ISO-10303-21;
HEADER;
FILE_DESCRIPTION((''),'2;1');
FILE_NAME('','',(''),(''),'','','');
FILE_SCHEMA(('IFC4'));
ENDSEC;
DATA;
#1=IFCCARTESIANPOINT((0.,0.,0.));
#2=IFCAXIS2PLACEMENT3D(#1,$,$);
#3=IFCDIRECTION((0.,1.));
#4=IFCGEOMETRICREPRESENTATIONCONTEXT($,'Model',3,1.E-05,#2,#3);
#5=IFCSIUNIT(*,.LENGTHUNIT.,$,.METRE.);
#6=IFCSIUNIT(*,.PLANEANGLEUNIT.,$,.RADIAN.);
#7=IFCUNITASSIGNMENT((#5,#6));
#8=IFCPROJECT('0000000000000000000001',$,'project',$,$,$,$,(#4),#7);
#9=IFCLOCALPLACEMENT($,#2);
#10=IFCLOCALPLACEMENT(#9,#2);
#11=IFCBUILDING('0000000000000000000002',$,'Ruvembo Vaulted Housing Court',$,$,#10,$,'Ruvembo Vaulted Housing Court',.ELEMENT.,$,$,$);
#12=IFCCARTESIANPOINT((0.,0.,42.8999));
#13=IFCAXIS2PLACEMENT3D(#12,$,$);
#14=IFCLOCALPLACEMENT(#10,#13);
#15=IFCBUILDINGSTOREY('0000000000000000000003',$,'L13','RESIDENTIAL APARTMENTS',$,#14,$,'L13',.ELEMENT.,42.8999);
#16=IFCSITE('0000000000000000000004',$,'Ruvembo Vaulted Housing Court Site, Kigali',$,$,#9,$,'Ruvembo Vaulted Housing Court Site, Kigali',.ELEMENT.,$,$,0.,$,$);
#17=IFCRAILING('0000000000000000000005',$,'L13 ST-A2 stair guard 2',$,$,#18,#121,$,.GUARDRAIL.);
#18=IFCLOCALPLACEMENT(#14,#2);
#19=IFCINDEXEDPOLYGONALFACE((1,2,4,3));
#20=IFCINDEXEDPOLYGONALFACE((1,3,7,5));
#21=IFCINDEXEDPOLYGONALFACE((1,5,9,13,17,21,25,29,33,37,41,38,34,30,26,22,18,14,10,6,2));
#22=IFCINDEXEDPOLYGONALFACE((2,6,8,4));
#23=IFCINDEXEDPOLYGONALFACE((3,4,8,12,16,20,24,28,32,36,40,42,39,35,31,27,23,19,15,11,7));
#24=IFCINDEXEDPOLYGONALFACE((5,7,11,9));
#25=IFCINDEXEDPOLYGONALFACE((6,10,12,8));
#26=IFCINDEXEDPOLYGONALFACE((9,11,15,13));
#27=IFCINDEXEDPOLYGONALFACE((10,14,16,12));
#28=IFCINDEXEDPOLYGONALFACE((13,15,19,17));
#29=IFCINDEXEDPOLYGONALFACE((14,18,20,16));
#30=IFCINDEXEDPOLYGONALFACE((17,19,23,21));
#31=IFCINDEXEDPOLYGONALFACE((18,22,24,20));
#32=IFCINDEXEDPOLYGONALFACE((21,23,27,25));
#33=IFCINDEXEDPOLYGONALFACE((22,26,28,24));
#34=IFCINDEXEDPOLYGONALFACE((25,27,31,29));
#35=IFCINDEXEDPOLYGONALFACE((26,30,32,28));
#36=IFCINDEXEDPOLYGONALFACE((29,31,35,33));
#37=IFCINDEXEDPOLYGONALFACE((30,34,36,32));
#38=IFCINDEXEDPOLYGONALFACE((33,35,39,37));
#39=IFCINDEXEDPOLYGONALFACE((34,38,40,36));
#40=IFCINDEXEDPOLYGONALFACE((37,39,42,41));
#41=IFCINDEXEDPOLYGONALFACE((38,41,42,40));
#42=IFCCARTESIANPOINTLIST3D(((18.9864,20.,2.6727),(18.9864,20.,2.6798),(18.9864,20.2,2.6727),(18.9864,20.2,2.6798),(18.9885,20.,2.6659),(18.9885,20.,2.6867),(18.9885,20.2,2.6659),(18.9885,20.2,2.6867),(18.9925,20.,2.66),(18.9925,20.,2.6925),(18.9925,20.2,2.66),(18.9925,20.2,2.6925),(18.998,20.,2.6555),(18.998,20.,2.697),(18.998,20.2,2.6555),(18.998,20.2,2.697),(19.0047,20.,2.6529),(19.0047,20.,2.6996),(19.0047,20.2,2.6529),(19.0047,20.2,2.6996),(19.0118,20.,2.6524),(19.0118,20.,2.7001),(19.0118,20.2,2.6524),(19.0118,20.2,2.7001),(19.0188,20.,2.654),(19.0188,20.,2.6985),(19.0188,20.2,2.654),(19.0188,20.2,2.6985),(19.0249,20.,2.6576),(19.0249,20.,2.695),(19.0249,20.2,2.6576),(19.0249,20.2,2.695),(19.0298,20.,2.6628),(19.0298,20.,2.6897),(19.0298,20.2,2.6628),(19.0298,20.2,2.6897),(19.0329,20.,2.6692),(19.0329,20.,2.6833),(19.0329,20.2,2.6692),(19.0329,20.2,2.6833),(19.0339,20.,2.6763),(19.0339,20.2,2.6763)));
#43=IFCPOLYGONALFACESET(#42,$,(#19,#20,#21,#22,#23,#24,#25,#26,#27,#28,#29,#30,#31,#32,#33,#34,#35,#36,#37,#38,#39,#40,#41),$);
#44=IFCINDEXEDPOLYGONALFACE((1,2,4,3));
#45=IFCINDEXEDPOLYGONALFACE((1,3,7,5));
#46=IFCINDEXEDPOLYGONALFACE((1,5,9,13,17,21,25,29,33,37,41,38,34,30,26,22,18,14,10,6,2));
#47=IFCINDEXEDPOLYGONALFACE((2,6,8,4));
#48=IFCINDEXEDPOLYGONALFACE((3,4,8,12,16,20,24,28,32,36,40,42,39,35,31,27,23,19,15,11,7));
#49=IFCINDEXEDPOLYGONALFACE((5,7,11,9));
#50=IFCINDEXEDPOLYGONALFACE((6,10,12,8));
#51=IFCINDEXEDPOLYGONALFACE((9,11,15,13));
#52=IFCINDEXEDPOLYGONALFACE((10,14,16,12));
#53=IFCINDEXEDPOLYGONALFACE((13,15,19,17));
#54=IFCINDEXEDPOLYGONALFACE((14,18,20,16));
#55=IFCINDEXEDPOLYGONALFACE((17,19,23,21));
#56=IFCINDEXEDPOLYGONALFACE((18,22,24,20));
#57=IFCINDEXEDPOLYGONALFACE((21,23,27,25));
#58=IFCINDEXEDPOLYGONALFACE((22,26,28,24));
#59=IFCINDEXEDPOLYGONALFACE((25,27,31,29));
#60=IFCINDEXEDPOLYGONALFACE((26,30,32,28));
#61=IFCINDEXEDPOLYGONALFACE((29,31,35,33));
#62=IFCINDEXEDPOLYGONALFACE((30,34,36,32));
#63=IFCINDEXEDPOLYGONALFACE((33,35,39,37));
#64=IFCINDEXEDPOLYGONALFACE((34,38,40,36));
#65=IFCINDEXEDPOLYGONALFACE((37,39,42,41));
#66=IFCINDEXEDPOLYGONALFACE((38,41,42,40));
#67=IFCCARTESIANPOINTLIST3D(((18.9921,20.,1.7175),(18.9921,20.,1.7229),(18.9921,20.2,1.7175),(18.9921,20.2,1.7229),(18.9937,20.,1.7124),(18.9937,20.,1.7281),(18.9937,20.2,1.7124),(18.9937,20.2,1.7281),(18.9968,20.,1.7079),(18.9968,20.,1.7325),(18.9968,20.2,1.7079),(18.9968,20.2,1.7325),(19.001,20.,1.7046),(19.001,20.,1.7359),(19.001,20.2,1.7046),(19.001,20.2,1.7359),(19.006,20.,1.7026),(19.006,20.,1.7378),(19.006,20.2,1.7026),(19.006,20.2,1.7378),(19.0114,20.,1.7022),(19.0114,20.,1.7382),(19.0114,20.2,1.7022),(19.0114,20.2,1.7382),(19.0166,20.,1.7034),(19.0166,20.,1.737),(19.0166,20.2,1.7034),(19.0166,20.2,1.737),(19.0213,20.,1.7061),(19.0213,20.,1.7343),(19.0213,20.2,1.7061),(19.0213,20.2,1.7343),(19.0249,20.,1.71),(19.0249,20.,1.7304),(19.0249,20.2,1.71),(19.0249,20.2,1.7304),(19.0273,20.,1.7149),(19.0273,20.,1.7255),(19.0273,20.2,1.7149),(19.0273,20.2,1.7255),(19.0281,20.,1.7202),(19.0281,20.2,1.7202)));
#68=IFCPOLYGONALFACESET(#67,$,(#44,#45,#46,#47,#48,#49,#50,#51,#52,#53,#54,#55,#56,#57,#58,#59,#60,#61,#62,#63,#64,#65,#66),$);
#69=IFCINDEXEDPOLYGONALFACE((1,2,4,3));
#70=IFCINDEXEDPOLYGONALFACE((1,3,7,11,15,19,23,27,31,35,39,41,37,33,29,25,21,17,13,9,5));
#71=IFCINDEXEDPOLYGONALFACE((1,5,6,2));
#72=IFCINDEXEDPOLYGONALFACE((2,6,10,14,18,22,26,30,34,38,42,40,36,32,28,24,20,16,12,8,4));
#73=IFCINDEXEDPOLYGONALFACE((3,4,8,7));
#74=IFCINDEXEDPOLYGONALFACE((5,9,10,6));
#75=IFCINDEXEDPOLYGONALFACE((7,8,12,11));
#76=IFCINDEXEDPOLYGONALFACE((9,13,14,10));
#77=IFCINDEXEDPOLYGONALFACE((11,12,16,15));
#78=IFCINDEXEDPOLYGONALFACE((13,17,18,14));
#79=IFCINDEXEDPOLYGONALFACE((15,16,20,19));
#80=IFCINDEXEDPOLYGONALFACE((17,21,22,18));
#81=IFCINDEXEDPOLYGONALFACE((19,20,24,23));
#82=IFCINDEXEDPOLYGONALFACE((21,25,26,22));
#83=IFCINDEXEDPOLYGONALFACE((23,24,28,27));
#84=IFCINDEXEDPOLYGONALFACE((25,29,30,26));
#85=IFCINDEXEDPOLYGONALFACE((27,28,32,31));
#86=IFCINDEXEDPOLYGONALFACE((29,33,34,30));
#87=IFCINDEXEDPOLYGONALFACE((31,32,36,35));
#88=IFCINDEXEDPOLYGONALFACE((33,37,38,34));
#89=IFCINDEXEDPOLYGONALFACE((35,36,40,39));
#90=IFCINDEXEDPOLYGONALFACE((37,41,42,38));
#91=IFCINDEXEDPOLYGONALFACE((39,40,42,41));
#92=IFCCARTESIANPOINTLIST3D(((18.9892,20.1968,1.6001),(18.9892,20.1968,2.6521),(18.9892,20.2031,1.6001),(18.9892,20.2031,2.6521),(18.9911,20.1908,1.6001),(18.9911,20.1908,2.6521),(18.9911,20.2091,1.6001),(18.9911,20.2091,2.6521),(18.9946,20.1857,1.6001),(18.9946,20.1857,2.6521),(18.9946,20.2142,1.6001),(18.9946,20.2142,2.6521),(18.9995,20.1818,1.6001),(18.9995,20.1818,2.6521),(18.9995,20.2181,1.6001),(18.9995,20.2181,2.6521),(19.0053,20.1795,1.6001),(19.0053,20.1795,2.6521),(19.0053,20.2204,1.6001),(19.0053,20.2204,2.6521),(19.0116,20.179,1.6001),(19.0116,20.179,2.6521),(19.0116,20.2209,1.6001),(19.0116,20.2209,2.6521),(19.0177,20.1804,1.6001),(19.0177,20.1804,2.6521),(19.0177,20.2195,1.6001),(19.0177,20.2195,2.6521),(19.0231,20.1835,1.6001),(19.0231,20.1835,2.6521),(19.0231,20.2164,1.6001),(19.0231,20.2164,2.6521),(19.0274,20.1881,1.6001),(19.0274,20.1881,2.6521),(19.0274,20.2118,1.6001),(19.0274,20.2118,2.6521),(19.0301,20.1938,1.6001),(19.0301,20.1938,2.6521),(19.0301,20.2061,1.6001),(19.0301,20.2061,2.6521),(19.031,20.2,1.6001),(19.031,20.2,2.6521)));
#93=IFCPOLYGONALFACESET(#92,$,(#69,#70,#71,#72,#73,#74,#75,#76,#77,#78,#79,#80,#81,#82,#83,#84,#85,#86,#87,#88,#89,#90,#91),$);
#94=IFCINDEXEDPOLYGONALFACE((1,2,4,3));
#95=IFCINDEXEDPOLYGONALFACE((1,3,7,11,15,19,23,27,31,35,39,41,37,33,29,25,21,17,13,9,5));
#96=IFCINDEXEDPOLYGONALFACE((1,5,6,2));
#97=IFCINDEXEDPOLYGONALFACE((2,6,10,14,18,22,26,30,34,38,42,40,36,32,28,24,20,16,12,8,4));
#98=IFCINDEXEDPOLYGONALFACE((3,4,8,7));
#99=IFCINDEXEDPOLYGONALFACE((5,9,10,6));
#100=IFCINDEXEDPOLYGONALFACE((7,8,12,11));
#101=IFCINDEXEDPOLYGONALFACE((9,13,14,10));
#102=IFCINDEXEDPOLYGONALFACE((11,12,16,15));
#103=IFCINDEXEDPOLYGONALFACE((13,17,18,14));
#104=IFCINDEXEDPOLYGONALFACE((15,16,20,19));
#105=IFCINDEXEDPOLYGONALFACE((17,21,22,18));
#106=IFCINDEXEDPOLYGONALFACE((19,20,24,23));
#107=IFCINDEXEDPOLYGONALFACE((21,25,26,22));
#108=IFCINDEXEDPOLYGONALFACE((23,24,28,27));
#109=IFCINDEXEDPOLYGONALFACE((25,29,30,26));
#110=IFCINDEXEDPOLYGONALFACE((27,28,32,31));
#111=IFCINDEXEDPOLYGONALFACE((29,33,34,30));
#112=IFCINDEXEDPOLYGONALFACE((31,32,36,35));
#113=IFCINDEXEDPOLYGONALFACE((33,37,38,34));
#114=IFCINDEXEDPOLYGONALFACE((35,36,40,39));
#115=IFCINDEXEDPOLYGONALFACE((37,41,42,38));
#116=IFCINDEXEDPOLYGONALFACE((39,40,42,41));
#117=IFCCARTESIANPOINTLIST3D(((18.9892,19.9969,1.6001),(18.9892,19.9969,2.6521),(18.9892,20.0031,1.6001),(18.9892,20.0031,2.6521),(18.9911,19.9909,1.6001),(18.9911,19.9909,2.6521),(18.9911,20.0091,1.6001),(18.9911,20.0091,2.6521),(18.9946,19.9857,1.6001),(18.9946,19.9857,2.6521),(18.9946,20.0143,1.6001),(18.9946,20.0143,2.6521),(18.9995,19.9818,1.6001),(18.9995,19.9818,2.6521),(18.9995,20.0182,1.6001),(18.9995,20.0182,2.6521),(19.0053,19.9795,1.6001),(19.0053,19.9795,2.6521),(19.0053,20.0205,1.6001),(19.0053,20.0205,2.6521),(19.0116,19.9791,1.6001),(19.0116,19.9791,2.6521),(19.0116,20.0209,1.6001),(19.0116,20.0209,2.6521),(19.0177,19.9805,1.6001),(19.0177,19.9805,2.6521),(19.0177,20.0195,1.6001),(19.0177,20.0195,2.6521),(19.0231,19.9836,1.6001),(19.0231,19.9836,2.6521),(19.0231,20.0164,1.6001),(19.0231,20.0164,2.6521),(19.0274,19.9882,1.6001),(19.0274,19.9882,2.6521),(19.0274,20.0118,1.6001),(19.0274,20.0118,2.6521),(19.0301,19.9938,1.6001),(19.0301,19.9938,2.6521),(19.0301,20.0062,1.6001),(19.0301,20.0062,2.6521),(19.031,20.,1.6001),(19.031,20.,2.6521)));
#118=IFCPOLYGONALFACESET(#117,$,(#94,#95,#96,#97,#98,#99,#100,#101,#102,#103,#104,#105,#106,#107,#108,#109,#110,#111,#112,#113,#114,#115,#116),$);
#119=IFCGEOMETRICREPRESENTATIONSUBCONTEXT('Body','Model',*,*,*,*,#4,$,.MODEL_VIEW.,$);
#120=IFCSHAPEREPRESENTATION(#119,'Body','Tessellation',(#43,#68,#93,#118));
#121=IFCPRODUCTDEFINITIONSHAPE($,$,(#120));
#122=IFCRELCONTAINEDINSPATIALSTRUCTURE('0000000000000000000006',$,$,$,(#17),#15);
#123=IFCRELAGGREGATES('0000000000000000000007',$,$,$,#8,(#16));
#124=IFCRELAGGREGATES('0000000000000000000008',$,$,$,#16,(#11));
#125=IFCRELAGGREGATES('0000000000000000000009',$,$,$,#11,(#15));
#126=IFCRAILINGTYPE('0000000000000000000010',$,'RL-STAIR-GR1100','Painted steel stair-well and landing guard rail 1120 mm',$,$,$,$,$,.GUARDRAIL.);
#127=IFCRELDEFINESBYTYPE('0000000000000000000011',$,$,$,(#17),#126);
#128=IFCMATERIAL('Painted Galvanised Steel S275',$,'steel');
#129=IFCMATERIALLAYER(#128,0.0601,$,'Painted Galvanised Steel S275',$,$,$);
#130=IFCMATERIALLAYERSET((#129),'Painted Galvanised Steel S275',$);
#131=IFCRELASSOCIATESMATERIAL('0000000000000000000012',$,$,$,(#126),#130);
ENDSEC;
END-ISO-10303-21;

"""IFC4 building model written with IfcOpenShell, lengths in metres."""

from ifc_helpers import new_model, si_unit, direction, frame, origin, origin_2d, place, context, subcontext, project, spatial, circle, extrude, material, layer, layer_set, type_object, element, save


model = new_model("IFC4")

# Units and contexts
model_context = context("Model", 3, precision=1e-05, world=origin(), true_north=direction((0.0, 1.0)))
body_context = subcontext(model_context, "Body", "Model", "MODEL_VIEW")
ifc_project = project(units=[si_unit("LENGTHUNIT", "METRE"), si_unit("PLANEANGLEUNIT", "RADIAN")], contexts=[model_context])

# Site, building, storey
site_placement = place(None, origin())
site = spatial("IfcSite", under=ifc_project, at=site_placement, Name="Ruvembo Vaulted Housing Court Site, Kigali", LongName="Ruvembo Vaulted Housing Court Site, Kigali", CompositionType="ELEMENT", RefElevation=0.0)
building_placement = place(site_placement, origin())
building = spatial("IfcBuilding", under=site, at=building_placement, Name="Ruvembo Vaulted Housing Court", LongName="Ruvembo Vaulted Housing Court", CompositionType="ELEMENT")
storey_placement = place(building_placement, frame((0.0, 0.0, 42.8999)))
storey = spatial("IfcBuildingStorey", under=building, at=storey_placement, Name="L13", Description="RESIDENTIAL APARTMENTS", LongName="L13", CompositionType="ELEMENT", Elevation=42.8999)

# Railing
ifc_material_1 = material(Name="Painted Galvanised Steel S275", Category="steel")
ifc_layer_1 = layer(ifc_material_1, 0.0601, Name="Painted Galvanised Steel S275")
ifc_layer_set_1 = layer_set([ifc_layer_1], Name="Painted Galvanised Steel S275")
railing_type_1 = type_object("IfcRailingType", Name="RL-STAIR-GR1100", Description="Painted steel stair-well and landing guard rail 1120 mm", PredefinedType="GUARDRAIL", material=ifc_layer_set_1)
railing_1_placement = place(storey_placement, frame((19.01, 20.2, 1.6001)))
element("IfcRailing", 1, at=railing_1_placement, inside=storey, type_object=railing_type_1, Name="L13 ST-A2 stair guard 2", PredefinedType="GUARDRAIL", context=body_context, shape_type="SweptSolid", body=[
    extrude(circle(Radius=0.0239, at=origin_2d()), frame((0.0, 0.0, 1.0762), z_axis=(0.0, -1.0, 0.0), x_axis=(1.0, 0.0, 0.0)), (0.0, 0.0, 1.0), 0.2),
    extrude(circle(Radius=0.0181, at=origin_2d()), frame((0.0, 0.0, 0.1201), z_axis=(0.0, -1.0, 0.0), x_axis=(1.0, 0.0, 0.0)), (0.0, 0.0, 1.0), 0.2),
    extrude(circle(Radius=0.021, at=origin_2d()), origin(), (0.0, 0.0, 1.0), 1.052),
    extrude(circle(Radius=0.021, at=origin_2d()), frame((0.0, -0.2, 0.0)), (0.0, 0.0, 1.0), 1.052),
])

save(model, "model.ifc")
